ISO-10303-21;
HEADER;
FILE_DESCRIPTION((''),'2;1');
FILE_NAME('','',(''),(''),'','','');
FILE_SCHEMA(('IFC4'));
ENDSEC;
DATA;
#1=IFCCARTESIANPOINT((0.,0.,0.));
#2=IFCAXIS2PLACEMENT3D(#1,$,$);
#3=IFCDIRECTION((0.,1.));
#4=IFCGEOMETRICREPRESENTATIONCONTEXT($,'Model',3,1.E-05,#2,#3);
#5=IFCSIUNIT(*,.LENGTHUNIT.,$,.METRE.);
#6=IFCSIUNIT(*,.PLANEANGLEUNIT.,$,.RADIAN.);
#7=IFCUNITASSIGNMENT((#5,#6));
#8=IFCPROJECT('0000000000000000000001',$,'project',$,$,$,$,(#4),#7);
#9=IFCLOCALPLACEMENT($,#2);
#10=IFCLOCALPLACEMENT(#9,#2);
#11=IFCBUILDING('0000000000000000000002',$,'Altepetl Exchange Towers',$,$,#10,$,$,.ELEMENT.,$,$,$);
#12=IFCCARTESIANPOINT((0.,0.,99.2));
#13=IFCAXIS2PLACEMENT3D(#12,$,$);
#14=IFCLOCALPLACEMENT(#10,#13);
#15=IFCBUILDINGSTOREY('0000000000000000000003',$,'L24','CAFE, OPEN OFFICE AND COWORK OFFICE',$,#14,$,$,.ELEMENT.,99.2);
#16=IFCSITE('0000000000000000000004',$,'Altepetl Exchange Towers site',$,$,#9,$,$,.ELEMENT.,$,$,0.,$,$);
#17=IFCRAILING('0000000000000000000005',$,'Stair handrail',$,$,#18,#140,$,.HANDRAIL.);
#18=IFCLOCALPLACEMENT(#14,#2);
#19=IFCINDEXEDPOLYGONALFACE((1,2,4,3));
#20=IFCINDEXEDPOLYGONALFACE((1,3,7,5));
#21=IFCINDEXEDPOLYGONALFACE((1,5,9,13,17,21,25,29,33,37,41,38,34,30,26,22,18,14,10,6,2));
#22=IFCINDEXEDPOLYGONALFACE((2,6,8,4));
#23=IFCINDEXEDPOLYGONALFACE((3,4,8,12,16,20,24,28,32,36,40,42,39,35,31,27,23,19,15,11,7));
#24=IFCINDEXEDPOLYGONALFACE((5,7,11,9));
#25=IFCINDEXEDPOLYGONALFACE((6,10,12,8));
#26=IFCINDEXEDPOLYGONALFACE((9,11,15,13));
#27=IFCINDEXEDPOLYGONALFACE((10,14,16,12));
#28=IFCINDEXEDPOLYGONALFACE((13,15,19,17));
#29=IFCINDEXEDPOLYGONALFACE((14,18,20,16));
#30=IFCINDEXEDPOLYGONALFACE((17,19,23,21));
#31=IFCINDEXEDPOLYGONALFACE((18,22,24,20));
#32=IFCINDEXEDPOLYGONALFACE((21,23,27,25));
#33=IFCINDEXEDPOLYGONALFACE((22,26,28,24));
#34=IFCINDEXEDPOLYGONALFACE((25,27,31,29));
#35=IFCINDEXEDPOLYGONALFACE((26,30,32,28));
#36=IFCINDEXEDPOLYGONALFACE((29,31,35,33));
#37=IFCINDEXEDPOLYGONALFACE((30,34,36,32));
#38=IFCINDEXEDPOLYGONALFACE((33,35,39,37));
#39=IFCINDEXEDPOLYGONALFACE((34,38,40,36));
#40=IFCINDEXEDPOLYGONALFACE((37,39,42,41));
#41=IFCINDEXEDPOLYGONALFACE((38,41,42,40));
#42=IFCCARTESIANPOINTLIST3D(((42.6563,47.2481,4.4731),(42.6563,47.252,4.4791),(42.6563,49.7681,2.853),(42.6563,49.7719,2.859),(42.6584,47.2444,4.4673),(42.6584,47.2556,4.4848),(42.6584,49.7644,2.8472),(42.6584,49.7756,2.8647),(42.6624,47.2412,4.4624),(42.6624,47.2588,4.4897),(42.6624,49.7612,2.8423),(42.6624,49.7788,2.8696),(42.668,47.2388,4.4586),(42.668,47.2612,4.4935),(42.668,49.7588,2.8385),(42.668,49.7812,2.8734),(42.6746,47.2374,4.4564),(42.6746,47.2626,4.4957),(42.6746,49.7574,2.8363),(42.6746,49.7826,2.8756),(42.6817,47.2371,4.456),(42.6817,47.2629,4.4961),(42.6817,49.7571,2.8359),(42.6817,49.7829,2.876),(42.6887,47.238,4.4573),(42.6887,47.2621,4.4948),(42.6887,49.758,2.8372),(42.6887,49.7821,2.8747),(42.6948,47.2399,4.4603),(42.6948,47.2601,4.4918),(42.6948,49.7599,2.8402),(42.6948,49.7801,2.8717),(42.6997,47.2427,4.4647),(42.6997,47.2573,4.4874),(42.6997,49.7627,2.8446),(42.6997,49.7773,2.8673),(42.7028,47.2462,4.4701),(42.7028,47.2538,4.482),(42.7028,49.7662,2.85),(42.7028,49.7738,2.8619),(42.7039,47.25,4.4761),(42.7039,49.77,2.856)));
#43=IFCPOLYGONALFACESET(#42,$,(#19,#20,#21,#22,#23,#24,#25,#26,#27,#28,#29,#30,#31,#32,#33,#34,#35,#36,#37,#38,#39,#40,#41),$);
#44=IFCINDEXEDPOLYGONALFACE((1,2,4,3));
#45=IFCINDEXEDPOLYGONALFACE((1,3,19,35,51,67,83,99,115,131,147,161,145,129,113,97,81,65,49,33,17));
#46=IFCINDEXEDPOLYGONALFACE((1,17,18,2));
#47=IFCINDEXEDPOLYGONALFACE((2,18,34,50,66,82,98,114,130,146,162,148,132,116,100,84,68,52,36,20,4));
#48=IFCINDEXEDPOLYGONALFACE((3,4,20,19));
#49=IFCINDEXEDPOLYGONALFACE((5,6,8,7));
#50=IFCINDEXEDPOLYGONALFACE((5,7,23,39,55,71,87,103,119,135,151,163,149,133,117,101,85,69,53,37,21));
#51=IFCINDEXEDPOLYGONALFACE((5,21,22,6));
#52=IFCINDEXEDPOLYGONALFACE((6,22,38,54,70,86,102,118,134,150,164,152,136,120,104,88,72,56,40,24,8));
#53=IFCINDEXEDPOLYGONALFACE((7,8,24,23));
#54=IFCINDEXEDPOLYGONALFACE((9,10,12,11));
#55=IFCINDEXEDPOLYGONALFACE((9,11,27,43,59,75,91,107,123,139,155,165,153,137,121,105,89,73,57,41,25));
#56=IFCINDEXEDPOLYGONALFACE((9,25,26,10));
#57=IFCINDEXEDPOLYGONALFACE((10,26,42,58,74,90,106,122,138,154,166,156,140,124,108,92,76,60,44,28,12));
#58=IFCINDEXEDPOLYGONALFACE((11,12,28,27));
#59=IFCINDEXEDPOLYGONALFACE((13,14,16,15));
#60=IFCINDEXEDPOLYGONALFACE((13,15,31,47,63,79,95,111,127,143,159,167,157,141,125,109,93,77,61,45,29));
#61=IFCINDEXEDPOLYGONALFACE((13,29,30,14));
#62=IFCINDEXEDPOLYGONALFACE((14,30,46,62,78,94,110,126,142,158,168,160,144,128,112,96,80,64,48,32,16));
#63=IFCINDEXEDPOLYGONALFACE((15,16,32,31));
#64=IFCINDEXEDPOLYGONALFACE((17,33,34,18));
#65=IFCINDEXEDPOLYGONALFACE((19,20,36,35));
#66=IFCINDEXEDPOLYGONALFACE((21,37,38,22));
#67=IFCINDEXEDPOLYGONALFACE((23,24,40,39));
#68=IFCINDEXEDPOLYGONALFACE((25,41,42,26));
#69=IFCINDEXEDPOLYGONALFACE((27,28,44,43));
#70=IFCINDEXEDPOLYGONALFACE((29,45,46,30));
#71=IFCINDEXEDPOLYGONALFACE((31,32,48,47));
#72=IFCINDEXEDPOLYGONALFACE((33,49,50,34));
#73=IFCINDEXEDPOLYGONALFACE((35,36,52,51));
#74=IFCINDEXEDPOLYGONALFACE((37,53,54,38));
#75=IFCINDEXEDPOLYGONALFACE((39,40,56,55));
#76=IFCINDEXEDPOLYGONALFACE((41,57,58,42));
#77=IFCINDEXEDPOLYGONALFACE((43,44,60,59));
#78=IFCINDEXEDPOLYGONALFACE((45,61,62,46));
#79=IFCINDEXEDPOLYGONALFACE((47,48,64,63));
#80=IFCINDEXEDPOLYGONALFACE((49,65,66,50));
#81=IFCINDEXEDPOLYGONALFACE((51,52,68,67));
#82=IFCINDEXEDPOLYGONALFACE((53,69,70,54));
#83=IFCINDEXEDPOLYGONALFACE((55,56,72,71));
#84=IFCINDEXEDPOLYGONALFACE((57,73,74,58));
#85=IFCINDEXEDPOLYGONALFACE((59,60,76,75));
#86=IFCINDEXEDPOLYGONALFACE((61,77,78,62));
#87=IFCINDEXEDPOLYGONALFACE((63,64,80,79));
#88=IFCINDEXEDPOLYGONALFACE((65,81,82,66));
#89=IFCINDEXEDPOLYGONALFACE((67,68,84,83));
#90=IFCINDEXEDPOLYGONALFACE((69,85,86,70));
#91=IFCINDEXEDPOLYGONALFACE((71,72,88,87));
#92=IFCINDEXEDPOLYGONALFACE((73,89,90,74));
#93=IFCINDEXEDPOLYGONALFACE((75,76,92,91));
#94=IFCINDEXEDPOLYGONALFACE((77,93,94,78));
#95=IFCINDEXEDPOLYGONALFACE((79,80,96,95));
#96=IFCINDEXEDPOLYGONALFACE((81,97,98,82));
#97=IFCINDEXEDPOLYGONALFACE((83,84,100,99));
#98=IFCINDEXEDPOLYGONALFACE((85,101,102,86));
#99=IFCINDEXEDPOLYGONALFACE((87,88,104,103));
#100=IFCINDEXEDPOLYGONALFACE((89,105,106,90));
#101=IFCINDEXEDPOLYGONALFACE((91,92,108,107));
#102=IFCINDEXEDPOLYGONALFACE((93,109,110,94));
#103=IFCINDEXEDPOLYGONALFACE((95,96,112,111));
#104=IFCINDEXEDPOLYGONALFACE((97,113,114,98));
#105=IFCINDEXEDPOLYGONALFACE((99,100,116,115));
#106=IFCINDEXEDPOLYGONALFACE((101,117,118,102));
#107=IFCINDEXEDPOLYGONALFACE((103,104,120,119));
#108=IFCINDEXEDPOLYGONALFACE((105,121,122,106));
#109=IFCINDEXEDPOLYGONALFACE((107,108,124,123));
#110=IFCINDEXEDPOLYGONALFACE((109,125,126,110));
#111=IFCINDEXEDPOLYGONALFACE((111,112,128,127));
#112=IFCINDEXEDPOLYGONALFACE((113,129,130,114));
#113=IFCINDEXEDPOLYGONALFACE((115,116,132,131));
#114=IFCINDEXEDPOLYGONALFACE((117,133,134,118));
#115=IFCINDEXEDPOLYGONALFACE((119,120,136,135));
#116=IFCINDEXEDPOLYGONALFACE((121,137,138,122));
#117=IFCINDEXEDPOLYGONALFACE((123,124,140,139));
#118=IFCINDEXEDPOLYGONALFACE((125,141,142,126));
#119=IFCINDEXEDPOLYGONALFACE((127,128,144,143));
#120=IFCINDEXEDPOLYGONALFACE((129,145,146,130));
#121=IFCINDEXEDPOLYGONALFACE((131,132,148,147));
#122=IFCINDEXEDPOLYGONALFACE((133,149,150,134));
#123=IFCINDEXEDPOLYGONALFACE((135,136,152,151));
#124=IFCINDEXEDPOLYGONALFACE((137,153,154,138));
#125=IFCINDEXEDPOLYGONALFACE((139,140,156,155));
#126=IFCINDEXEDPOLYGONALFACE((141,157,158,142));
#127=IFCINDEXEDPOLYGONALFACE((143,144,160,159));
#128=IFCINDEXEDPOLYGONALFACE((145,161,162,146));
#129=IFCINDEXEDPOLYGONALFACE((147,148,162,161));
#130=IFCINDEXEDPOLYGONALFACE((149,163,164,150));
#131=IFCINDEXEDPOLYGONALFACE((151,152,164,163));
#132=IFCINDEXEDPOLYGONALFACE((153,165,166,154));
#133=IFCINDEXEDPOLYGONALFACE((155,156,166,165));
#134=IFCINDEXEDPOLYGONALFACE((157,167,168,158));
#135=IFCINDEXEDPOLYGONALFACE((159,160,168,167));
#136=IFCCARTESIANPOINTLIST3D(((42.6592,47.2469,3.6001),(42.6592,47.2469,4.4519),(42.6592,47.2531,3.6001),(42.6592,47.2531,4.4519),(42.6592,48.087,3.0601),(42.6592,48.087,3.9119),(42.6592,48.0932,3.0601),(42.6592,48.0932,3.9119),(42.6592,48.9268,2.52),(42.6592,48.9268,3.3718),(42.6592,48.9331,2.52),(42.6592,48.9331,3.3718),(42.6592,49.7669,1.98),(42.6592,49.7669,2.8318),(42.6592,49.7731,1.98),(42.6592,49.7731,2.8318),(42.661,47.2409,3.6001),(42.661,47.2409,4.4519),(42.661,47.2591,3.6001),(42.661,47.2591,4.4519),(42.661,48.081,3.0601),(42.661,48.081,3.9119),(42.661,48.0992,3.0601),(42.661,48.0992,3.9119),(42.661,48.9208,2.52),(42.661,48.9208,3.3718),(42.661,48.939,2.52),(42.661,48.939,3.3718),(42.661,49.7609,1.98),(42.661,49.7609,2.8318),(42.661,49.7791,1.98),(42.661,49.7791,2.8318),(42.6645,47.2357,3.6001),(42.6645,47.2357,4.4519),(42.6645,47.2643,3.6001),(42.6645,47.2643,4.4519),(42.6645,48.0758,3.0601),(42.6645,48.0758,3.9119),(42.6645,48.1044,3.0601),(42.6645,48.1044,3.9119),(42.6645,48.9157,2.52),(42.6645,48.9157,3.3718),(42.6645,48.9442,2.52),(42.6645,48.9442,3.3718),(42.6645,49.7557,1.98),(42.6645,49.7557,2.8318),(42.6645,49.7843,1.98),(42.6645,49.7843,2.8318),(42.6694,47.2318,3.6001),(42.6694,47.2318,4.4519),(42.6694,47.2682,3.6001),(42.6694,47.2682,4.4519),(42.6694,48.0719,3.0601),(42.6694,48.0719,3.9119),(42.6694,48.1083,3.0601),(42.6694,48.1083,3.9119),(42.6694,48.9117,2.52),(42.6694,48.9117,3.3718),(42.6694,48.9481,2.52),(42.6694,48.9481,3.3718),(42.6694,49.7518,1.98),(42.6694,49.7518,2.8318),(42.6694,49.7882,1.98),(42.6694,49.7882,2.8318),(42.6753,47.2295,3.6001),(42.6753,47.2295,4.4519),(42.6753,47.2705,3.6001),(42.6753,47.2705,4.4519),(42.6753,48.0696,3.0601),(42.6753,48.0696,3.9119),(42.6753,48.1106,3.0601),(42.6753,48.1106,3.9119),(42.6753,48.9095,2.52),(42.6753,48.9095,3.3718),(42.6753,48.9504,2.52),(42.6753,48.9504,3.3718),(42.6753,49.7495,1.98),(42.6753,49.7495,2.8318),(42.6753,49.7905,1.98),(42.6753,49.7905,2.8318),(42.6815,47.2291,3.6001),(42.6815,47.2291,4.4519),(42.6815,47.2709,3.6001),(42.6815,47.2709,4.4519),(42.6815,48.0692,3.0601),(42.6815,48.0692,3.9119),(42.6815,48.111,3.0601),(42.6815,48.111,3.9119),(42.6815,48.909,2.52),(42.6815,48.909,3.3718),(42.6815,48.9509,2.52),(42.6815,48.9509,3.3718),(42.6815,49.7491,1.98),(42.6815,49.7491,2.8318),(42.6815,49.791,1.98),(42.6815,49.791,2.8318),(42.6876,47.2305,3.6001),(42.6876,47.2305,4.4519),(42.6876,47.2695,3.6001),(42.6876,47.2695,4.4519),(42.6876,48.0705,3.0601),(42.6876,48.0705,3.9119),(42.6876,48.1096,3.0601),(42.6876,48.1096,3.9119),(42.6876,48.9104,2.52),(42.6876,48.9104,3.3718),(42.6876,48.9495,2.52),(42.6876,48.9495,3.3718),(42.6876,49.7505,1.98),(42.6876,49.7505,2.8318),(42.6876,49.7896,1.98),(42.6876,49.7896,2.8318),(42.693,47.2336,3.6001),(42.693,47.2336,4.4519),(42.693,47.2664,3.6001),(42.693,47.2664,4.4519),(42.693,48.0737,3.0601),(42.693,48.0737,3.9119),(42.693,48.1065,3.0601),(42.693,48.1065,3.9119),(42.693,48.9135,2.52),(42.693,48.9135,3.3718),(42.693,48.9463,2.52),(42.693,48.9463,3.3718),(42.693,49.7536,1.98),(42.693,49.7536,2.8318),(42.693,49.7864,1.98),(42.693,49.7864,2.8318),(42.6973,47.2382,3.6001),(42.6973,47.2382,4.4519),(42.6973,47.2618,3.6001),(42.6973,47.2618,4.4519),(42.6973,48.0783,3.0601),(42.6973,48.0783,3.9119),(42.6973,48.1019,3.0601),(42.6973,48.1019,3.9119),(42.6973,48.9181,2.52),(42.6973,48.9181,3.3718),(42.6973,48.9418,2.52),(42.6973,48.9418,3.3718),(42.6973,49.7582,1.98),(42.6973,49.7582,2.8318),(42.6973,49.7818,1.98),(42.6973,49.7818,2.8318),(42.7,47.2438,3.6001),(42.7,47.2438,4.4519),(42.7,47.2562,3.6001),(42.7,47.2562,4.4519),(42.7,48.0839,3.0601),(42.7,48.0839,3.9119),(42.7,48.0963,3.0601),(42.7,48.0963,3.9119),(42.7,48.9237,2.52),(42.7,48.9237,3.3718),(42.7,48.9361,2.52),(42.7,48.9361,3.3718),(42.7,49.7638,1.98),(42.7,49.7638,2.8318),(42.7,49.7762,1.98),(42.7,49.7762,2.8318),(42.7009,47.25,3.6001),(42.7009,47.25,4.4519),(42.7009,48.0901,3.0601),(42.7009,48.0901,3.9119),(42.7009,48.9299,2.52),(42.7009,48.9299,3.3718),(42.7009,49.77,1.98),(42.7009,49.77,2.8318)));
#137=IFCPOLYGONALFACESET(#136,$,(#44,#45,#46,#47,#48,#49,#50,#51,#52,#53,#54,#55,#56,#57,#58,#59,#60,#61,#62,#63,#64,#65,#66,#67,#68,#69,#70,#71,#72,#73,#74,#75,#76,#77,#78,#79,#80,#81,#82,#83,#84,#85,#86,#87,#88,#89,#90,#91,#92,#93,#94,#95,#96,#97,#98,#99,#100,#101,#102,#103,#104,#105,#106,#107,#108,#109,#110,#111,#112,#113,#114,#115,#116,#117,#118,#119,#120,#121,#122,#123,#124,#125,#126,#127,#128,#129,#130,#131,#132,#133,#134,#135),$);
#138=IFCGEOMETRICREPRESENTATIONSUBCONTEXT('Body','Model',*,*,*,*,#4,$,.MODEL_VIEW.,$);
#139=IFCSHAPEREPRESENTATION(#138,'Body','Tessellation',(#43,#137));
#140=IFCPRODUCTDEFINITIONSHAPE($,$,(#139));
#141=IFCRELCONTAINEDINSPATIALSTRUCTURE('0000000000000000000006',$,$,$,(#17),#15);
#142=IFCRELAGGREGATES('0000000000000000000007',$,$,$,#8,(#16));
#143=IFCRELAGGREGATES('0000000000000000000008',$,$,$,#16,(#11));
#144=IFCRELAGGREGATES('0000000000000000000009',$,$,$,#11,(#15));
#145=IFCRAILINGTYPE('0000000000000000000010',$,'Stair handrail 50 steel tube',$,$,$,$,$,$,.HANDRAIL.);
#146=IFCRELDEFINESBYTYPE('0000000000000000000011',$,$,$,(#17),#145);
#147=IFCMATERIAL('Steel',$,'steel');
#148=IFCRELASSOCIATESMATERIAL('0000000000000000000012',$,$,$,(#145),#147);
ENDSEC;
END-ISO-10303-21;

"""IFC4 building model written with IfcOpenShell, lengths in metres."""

from ifc_helpers import new_model, si_unit, direction, frame, origin, origin_2d, place, context, subcontext, project, spatial, circle, extrude, source, transform, mapped, material, type_object, element, save


model = new_model("IFC4")

# Units and contexts
model_context = context("Model", 3, precision=1e-05, world=origin(), true_north=direction((0.0, 1.0)))
body_context = subcontext(model_context, "Body", "Model", "MODEL_VIEW")
ifc_project = project(units=[si_unit("LENGTHUNIT", "METRE"), si_unit("PLANEANGLEUNIT", "RADIAN")], contexts=[model_context])

# Site, building, storey
site_placement = place(None, origin())
site = spatial("IfcSite", under=ifc_project, at=site_placement, Name="Altepetl Exchange Towers site", CompositionType="ELEMENT", RefElevation=0.0)
building_placement = place(site_placement, origin())
building = spatial("IfcBuilding", under=site, at=building_placement, Name="Altepetl Exchange Towers", CompositionType="ELEMENT")
storey_placement = place(building_placement, frame((0.0, 0.0, 99.2)))
storey = spatial("IfcBuildingStorey", under=building, at=storey_placement, Name="L24", Description="CAFE, OPEN OFFICE AND COWORK OFFICE", CompositionType="ELEMENT", Elevation=99.2)

# Railing
ifc_material_1 = material(Name="Steel", Category="steel")
railing_type = type_object("IfcRailingType", Name="Stair handrail 50 steel tube", PredefinedType="HANDRAIL", material=ifc_material_1)
shared_shape = source(origin(), body_context, "Body", "SweptSolid", [
    extrude(circle(Radius=0.021, at=origin_2d()), origin(), (0.0, 0.0, 1.0), 0.8518),
])
railing_1_placement = place(storey_placement, frame((42.6799, 49.77, 1.98)))
element("IfcRailing", 1, at=railing_1_placement, inside=storey, type_object=railing_type, Name="Stair handrail", PredefinedType="HANDRAIL", context=body_context, shape_type="SweptSolid", body=[
    extrude(circle(Radius=0.0239, at=origin_2d()), frame((0.0, 0.0, 0.876), z_axis=(0.0, -0.841163, 0.540782), x_axis=(1.0, 0.0, 0.0)), (0.0, 0.0, 1.0), 2.9958),
    mapped(shared_shape, transform((0.0, 0.0, 0.0))),
    mapped(shared_shape, transform((0.0, -0.8401, 0.54))),
    mapped(shared_shape, transform((0.0, -1.6799, 1.0801))),
    mapped(shared_shape, transform((0.0, -2.52, 1.6201))),
])

save(model, "model.ifc")
